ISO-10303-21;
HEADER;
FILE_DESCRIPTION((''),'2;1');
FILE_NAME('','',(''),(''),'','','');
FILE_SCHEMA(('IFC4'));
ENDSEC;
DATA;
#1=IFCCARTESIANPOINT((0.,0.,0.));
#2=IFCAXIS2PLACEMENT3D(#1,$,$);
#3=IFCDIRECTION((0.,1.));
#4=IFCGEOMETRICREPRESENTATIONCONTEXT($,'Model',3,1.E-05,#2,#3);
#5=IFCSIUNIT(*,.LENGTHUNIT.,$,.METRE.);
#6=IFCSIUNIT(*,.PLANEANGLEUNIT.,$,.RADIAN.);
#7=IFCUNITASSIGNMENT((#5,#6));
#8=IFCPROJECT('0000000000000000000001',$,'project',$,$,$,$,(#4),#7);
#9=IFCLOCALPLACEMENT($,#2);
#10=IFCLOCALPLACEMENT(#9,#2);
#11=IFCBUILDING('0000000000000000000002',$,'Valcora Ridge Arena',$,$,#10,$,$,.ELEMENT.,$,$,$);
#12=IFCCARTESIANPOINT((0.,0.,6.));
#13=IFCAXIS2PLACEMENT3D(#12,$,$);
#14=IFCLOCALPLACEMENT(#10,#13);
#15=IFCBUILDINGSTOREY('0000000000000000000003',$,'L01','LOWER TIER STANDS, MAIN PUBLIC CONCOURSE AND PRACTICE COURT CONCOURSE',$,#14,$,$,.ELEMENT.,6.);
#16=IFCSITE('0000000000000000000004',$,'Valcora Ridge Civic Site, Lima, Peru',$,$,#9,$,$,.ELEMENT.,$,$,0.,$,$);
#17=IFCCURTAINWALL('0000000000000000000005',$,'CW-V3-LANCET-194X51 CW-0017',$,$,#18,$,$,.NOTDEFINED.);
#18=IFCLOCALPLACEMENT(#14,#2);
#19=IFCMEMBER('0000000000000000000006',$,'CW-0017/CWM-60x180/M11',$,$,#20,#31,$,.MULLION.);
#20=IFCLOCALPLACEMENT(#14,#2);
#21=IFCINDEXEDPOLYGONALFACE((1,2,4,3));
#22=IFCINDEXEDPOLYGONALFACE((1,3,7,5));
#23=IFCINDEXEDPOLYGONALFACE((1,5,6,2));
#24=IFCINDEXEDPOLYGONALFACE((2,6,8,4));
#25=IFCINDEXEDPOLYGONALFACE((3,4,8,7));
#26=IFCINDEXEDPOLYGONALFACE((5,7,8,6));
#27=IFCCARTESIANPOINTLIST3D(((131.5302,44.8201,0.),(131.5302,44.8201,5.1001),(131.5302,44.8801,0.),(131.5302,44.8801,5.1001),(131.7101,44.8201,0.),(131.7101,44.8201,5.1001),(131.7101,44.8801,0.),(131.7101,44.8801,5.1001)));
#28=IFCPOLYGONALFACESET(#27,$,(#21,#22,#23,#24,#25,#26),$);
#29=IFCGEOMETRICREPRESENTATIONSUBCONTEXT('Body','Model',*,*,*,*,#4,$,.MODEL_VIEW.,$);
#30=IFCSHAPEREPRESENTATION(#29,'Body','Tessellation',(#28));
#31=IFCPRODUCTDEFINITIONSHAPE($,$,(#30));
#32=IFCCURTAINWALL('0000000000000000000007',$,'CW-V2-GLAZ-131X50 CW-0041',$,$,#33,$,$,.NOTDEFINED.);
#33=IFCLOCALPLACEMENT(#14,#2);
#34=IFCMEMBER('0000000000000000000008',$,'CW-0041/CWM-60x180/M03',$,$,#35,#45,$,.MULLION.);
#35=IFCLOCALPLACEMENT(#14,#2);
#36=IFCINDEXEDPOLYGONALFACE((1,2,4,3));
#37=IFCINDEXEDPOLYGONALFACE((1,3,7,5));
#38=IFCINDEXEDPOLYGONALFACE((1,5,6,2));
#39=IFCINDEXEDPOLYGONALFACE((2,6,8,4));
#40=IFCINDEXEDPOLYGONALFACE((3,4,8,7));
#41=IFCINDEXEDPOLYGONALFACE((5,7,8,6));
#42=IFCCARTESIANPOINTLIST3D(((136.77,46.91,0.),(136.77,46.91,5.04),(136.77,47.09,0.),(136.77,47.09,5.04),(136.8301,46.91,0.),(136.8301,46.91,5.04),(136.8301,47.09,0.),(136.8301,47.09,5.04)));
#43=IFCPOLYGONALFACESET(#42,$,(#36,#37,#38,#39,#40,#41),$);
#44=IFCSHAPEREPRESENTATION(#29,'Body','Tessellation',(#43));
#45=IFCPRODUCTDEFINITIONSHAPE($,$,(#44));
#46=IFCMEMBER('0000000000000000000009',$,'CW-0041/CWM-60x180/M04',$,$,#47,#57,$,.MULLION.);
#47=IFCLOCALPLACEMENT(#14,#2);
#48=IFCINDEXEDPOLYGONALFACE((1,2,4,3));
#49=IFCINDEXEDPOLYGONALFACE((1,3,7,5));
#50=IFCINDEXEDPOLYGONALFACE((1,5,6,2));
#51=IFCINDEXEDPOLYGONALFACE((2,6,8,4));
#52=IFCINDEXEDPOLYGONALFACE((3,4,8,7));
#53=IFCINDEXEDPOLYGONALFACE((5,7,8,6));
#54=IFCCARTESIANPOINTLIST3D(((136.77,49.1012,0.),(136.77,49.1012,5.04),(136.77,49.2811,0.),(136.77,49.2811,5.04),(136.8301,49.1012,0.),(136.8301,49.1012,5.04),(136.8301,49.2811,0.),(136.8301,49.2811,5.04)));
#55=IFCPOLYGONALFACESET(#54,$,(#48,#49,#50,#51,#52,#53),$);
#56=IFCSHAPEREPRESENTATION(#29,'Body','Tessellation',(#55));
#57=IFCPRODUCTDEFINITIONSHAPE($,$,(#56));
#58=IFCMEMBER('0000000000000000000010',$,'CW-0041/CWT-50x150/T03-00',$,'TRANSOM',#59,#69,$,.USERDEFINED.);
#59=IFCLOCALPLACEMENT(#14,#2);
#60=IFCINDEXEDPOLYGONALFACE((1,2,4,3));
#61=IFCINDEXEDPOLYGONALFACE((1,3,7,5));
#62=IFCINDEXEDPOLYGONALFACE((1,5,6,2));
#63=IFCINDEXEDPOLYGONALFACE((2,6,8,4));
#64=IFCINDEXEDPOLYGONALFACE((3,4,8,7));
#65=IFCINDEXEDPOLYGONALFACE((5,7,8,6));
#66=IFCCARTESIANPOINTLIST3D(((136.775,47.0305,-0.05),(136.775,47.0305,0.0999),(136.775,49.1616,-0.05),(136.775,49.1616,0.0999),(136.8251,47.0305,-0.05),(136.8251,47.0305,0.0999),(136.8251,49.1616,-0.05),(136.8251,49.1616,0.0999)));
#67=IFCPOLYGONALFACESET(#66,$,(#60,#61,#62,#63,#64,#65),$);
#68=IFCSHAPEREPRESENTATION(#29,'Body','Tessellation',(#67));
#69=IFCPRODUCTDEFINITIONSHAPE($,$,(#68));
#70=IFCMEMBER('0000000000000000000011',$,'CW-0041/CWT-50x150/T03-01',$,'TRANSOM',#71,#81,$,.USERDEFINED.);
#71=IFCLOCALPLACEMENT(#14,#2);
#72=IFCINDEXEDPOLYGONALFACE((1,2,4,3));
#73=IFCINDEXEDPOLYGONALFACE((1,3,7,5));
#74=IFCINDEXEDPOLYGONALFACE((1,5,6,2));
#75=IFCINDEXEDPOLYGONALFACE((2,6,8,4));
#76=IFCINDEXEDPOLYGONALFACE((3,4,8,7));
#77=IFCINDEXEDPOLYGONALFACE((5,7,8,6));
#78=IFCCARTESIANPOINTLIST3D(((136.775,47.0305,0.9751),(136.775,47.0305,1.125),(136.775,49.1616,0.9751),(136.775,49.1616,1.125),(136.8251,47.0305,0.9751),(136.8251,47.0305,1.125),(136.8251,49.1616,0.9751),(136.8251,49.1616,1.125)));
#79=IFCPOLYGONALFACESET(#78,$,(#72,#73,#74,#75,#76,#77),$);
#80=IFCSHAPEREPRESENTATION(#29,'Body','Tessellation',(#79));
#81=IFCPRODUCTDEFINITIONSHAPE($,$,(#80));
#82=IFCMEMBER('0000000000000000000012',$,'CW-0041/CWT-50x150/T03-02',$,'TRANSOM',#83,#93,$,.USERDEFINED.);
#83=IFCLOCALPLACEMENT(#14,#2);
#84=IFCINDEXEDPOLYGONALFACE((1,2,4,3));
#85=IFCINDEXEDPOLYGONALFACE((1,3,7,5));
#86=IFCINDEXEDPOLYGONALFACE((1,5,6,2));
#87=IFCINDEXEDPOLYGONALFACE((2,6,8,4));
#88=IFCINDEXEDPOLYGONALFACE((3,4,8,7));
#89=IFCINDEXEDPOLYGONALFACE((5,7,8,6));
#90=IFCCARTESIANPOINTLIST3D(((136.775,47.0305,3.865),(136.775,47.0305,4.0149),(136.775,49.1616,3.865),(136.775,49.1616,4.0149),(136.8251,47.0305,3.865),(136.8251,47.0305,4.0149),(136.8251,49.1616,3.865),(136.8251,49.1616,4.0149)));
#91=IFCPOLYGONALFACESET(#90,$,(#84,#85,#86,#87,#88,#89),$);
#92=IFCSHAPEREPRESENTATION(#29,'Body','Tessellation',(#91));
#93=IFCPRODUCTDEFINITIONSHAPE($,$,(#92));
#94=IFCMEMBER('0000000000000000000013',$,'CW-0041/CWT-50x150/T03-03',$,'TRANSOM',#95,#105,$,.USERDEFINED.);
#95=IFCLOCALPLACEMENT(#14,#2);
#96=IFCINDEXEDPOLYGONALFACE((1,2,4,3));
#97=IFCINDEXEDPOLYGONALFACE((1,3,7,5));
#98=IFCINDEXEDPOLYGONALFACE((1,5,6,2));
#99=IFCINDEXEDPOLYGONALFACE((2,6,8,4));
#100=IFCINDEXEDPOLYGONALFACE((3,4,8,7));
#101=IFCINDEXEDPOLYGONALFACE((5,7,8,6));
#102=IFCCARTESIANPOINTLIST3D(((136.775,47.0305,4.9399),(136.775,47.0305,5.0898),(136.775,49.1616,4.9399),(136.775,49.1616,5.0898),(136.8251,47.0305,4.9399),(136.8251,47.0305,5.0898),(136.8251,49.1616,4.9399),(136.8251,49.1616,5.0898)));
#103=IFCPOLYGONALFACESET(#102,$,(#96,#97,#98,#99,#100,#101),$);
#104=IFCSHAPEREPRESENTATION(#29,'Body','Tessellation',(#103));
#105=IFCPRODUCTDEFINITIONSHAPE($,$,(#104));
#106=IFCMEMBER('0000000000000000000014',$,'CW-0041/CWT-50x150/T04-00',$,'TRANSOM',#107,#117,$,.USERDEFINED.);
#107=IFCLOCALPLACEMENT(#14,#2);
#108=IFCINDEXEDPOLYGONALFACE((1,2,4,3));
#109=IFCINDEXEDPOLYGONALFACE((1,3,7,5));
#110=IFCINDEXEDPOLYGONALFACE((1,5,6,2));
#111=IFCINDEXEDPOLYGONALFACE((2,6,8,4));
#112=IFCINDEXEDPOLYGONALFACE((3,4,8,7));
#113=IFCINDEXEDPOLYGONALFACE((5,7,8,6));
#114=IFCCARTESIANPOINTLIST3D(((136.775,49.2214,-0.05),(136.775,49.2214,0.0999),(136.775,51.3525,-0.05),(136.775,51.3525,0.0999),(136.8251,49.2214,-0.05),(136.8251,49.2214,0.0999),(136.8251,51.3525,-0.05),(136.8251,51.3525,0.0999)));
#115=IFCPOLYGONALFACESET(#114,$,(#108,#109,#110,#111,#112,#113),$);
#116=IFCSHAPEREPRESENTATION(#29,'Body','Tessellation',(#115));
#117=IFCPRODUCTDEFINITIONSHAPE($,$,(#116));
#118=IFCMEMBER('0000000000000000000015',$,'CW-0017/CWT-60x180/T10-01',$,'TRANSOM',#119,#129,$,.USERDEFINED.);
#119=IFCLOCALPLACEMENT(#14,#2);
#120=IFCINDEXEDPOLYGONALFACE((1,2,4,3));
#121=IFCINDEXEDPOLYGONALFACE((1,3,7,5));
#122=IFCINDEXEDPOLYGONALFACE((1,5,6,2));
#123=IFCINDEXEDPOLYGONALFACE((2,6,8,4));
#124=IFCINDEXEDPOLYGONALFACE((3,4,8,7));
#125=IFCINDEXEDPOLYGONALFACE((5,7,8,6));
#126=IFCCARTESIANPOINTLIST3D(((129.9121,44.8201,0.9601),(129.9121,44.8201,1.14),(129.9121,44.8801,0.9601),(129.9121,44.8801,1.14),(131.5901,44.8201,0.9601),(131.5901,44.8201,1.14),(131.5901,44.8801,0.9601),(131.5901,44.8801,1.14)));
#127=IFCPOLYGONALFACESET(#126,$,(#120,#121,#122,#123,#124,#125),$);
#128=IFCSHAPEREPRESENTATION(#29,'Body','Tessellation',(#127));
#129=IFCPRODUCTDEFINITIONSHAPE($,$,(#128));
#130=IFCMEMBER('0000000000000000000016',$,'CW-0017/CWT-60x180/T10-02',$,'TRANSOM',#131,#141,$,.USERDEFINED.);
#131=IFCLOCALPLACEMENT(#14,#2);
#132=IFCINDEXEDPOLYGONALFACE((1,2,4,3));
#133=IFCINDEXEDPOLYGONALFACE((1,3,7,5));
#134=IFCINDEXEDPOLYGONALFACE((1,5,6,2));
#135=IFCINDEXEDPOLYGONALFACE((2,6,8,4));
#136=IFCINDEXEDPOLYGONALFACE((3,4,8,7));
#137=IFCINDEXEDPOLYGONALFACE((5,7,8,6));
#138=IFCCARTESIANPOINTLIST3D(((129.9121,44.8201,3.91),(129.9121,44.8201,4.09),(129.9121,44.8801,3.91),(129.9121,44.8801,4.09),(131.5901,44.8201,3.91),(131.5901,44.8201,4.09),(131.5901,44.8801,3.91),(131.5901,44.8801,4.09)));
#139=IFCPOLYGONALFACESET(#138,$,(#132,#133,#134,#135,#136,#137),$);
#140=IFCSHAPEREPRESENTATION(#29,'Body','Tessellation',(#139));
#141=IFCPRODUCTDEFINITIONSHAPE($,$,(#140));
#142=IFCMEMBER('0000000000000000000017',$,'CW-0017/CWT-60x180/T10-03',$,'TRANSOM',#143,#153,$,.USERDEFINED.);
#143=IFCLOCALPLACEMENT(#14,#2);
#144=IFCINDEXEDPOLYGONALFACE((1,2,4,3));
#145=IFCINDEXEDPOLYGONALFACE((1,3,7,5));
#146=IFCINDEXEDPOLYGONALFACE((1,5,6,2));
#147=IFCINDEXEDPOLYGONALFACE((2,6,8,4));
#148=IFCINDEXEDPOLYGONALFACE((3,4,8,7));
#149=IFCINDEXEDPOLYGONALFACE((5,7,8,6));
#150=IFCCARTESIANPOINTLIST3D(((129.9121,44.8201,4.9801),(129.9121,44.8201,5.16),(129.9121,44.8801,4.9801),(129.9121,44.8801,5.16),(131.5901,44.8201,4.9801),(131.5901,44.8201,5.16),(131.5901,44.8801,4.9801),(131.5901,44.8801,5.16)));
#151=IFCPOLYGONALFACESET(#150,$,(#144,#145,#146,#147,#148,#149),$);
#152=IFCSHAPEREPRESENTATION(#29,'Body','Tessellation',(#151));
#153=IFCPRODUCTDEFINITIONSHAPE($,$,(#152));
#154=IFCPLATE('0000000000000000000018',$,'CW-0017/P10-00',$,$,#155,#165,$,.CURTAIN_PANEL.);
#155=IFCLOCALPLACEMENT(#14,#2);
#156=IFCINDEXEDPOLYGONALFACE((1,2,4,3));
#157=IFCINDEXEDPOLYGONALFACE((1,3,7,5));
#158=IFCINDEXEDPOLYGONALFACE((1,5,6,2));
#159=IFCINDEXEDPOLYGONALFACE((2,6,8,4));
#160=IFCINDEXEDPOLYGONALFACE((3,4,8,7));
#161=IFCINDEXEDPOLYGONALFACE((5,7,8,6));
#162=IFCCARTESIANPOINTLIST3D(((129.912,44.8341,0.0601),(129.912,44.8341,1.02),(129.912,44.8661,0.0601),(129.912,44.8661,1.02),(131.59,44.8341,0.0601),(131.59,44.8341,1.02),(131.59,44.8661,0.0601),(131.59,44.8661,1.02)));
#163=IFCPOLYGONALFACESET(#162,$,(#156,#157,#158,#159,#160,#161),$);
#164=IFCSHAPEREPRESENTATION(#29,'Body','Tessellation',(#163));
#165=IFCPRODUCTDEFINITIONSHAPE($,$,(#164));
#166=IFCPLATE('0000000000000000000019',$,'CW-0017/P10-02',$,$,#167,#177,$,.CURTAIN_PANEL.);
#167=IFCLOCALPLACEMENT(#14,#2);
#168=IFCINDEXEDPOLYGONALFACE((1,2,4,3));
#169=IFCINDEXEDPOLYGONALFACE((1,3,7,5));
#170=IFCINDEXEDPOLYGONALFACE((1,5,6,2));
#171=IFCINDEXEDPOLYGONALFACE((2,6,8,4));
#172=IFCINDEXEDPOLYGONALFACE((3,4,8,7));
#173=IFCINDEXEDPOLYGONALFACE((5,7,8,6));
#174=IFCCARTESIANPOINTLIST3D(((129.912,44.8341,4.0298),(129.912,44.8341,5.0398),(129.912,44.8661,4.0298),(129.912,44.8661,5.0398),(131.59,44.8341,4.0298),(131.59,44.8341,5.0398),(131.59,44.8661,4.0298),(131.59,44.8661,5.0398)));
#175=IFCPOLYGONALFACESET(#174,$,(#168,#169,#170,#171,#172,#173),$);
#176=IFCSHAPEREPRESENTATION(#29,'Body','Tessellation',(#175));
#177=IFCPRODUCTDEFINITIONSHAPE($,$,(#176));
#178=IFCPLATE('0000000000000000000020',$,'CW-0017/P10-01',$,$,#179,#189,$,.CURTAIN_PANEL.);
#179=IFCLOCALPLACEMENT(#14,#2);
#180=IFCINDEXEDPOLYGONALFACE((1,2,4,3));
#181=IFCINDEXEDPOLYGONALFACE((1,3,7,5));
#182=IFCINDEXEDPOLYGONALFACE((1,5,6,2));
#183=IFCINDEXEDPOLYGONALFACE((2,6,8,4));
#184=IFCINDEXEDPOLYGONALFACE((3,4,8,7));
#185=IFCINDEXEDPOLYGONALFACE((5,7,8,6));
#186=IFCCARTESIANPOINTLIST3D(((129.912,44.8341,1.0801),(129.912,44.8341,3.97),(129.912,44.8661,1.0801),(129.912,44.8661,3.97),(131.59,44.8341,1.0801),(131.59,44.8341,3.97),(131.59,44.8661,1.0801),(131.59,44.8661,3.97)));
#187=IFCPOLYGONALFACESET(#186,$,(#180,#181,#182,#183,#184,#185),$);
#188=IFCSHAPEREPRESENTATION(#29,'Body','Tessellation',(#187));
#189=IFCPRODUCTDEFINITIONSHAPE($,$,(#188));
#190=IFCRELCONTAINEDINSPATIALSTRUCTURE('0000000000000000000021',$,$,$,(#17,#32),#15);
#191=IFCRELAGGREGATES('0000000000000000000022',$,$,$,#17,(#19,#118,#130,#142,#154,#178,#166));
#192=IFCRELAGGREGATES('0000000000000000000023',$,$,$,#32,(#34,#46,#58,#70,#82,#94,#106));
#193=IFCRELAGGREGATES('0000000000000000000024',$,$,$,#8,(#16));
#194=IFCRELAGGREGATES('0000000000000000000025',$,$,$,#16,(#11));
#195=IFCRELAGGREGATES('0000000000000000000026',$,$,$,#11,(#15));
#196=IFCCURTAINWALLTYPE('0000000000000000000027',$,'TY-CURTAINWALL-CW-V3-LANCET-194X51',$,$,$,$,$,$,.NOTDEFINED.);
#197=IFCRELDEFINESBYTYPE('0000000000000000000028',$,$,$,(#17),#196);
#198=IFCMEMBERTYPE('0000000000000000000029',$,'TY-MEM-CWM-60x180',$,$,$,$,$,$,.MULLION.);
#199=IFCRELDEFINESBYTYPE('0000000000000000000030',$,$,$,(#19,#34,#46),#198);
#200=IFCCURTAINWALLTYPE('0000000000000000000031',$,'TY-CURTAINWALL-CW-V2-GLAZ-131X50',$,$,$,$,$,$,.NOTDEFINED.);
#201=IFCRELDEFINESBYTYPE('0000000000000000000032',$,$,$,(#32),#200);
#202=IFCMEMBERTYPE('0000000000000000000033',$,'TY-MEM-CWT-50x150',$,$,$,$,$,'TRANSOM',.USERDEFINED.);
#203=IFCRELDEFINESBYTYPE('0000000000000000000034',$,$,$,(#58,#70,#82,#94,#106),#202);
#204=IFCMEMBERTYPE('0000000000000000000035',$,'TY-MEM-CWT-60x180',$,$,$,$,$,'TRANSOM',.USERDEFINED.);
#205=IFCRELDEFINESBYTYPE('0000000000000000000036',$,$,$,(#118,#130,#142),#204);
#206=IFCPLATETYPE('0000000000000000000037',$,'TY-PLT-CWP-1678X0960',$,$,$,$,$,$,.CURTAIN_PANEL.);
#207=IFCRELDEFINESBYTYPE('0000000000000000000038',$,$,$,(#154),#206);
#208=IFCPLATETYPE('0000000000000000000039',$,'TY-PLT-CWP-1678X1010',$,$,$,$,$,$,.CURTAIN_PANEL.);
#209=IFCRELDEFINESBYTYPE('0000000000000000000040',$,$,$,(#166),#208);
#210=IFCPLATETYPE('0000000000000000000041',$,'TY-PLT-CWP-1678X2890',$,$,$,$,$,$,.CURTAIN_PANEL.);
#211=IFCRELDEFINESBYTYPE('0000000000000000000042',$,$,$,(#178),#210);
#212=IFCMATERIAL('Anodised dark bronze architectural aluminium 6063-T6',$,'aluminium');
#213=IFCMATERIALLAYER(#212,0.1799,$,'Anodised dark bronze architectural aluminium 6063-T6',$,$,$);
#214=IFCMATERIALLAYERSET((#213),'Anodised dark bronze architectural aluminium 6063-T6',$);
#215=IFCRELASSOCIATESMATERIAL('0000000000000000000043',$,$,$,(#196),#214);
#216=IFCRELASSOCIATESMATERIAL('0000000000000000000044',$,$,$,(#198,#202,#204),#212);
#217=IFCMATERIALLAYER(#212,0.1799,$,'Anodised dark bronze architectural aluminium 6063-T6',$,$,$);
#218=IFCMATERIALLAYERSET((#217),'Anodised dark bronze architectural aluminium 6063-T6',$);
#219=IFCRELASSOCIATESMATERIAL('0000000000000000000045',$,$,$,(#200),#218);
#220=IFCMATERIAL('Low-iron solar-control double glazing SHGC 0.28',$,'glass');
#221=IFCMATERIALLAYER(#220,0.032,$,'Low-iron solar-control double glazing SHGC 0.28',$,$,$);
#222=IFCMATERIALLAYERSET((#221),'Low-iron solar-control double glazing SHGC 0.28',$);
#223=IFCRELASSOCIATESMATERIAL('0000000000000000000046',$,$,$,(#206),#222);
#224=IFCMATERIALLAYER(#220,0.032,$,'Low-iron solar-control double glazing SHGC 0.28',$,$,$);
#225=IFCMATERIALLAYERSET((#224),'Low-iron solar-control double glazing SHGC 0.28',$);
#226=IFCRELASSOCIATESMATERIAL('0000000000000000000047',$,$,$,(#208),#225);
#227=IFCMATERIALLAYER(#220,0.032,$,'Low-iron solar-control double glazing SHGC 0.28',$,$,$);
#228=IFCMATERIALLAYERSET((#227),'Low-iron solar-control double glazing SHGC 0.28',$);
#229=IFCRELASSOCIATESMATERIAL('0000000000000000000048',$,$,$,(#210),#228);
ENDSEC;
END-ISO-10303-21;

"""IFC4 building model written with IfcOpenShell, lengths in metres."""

from ifc_helpers import new_model, si_unit, direction, frame, origin, origin_2d, place, context, subcontext, project, spatial, rectangle, extrude, material, layer, layer_set, material_profile, profile_set, type_object, element, aggregate, save


model = new_model("IFC4")

# Units and contexts
model_context = context("Model", 3, precision=1e-05, world=origin(), true_north=direction((0.0, 1.0)))
body_context = subcontext(model_context, "Body", "Model", "MODEL_VIEW")
ifc_project = project(units=[si_unit("LENGTHUNIT", "METRE"), si_unit("PLANEANGLEUNIT", "RADIAN")], contexts=[model_context])

# Site, building, storey
site_placement = place(None, origin())
site = spatial("IfcSite", under=ifc_project, at=site_placement, Name="Valcora Ridge Civic Site, Lima, Peru", CompositionType="ELEMENT", RefElevation=0.0)
building_placement = place(site_placement, origin())
building = spatial("IfcBuilding", under=site, at=building_placement, Name="Valcora Ridge Arena", CompositionType="ELEMENT")
storey_placement = place(building_placement, frame((0.0, 0.0, 6.0)))
storey = spatial("IfcBuildingStorey", under=building, at=storey_placement, Name="L01", Description="LOWER TIER STANDS, MAIN PUBLIC CONCOURSE AND PRACTICE COURT CONCOURSE", CompositionType="ELEMENT", Elevation=6.0)

# Curtain wall, member
ifc_material_1 = material(Name="Anodised dark bronze architectural aluminium 6063-T6", Category="aluminium")
ifc_layer_1 = layer(ifc_material_1, 0.1799, Name="Anodised dark bronze architectural aluminium 6063-T6")
ifc_layer_set_1 = layer_set([ifc_layer_1], Name="Anodised dark bronze architectural aluminium 6063-T6")
curtain_wall_type_1 = type_object("IfcCurtainWallType", Name="TY-CURTAINWALL-CW-V3-LANCET-194X51", PredefinedType="NOTDEFINED", material=ifc_layer_set_1)
curtain_wall_1_placement = place(storey_placement, origin())
curtain_wall_1 = element("IfcCurtainWall", 1, at=curtain_wall_1_placement, inside=storey, type_object=curtain_wall_type_1, Name="CW-V3-LANCET-194X51 CW-0017", PredefinedType="NOTDEFINED")
ifc_material_profile_1 = material_profile(ifc_material_1, rectangle(XDim=0.0601, YDim=0.1799, at=origin_2d()), Name="ALU MULLION 60x180")
ifc_profile_set_1 = profile_set([ifc_material_profile_1], Name="Anodised dark bronze architectural aluminium 6063-T6")
member_type_1 = type_object("IfcMemberType", Name="TY-MEM-CWM-60x180", PredefinedType="MULLION", material=ifc_profile_set_1)
member_1_placement = place(storey_placement, frame((131.6201, 44.8501, 0.0), z_axis=(0.0, 0.0, 1.0), x_axis=(0.0, 1.0, 0.0)))
member_1 = element("IfcMember", 2, at=member_1_placement, type_object=member_type_1, Name="CW-0017/CWM-60x180/M11", PredefinedType="MULLION", context=body_context, shape_type="SweptSolid", body=[
    extrude(rectangle(XDim=0.0601, YDim=0.1799, at=origin_2d()), origin(), (0.0, 0.0, 1.0), 5.1001),
])

# Curtain wall, members
ifc_layer_2 = layer(ifc_material_1, 0.1799, Name="Anodised dark bronze architectural aluminium 6063-T6")
ifc_layer_set_2 = layer_set([ifc_layer_2], Name="Anodised dark bronze architectural aluminium 6063-T6")
curtain_wall_type_2 = type_object("IfcCurtainWallType", Name="TY-CURTAINWALL-CW-V2-GLAZ-131X50", PredefinedType="NOTDEFINED", material=ifc_layer_set_2)
curtain_wall_2_placement = place(storey_placement, origin())
curtain_wall_2 = element("IfcCurtainWall", 3, at=curtain_wall_2_placement, inside=storey, type_object=curtain_wall_type_2, Name="CW-V2-GLAZ-131X50 CW-0041", PredefinedType="NOTDEFINED")
member_2_placement = place(storey_placement, frame((136.8, 47.0, 0.0), z_axis=(0.0, 0.0, 1.0), x_axis=(-1.0, 0.0, 0.0)))
member_2 = element("IfcMember", 4, at=member_2_placement, type_object=member_type_1, Name="CW-0041/CWM-60x180/M03", PredefinedType="MULLION", context=body_context, shape_type="SweptSolid", body=[
    extrude(rectangle(XDim=0.0601, YDim=0.1799, at=origin_2d()), origin(), (0.0, 0.0, 1.0), 5.04),
])
member_3_placement = place(storey_placement, frame((136.8, 49.1912, 0.0), z_axis=(0.0, 0.0, 1.0), x_axis=(-1.0, 0.0, 0.0)))
member_3 = element("IfcMember", 5, at=member_3_placement, type_object=member_type_1, Name="CW-0041/CWM-60x180/M04", PredefinedType="MULLION", context=body_context, shape_type="SweptSolid", body=[
    extrude(rectangle(XDim=0.0601, YDim=0.1799, at=origin_2d()), origin(), (0.0, 0.0, 1.0), 5.04),
])
ifc_material_profile_2 = material_profile(ifc_material_1, rectangle(XDim=0.05, YDim=0.1499, at=origin_2d()), Name="ALU TRANSOM 50x150")
ifc_profile_set_2 = profile_set([ifc_material_profile_2], Name="Anodised dark bronze architectural aluminium 6063-T6")
member_type_2 = type_object("IfcMemberType", Name="TY-MEM-CWT-50x150", ElementType="TRANSOM", PredefinedType="USERDEFINED", material=ifc_profile_set_2)
member_4_placement = place(storey_placement, frame((136.8, 47.0305, 0.0249), z_axis=(0.0, 1.0, 0.0), x_axis=(-1.0, 0.0, 0.0)))
member_4 = element("IfcMember", 6, at=member_4_placement, type_object=member_type_2, Name="CW-0041/CWT-50x150/T03-00", ObjectType="TRANSOM", PredefinedType="USERDEFINED", context=body_context, shape_type="SweptSolid", body=[
    extrude(rectangle(XDim=0.05, YDim=0.1499, at=origin_2d()), origin(), (0.0, 0.0, 1.0), 2.1311),
])
member_5_placement = place(storey_placement, frame((136.8, 47.0305, 1.05), z_axis=(0.0, 1.0, 0.0), x_axis=(-1.0, 0.0, 0.0)))
member_5 = element("IfcMember", 7, at=member_5_placement, type_object=member_type_2, Name="CW-0041/CWT-50x150/T03-01", ObjectType="TRANSOM", PredefinedType="USERDEFINED", context=body_context, shape_type="SweptSolid", body=[
    extrude(rectangle(XDim=0.05, YDim=0.1499, at=origin_2d()), origin(), (0.0, 0.0, 1.0), 2.1311),
])
member_6_placement = place(storey_placement, frame((136.8, 47.0305, 3.9399), z_axis=(0.0, 1.0, 0.0), x_axis=(-1.0, 0.0, 0.0)))
member_6 = element("IfcMember", 8, at=member_6_placement, type_object=member_type_2, Name="CW-0041/CWT-50x150/T03-02", ObjectType="TRANSOM", PredefinedType="USERDEFINED", context=body_context, shape_type="SweptSolid", body=[
    extrude(rectangle(XDim=0.05, YDim=0.1499, at=origin_2d()), origin(), (0.0, 0.0, 1.0), 2.1311),
])
member_7_placement = place(storey_placement, frame((136.8, 47.0305, 5.0149), z_axis=(0.0, 1.0, 0.0), x_axis=(-1.0, 0.0, 0.0)))
member_7 = element("IfcMember", 9, at=member_7_placement, type_object=member_type_2, Name="CW-0041/CWT-50x150/T03-03", ObjectType="TRANSOM", PredefinedType="USERDEFINED", context=body_context, shape_type="SweptSolid", body=[
    extrude(rectangle(XDim=0.05, YDim=0.1499, at=origin_2d()), origin(), (0.0, 0.0, 1.0), 2.1311),
])
member_8_placement = place(storey_placement, frame((136.8, 49.2214, 0.0249), z_axis=(0.0, 1.0, 0.0), x_axis=(-1.0, 0.0, 0.0)))
member_8 = element("IfcMember", 10, at=member_8_placement, type_object=member_type_2, Name="CW-0041/CWT-50x150/T04-00", ObjectType="TRANSOM", PredefinedType="USERDEFINED", context=body_context, shape_type="SweptSolid", body=[
    extrude(rectangle(XDim=0.05, YDim=0.1499, at=origin_2d()), origin(), (0.0, 0.0, 1.0), 2.1311),
])

# Members
ifc_material_profile_3 = material_profile(ifc_material_1, rectangle(XDim=0.0601, YDim=0.1799, at=origin_2d()), Name="ALU TRANSOM 60x180")
ifc_profile_set_3 = profile_set([ifc_material_profile_3], Name="Anodised dark bronze architectural aluminium 6063-T6")
member_type_3 = type_object("IfcMemberType", Name="TY-MEM-CWT-60x180", ElementType="TRANSOM", PredefinedType="USERDEFINED", material=ifc_profile_set_3)
member_9_placement = place(storey_placement, frame((129.9121, 44.8501, 1.05), z_axis=(1.0, 0.0, 0.0), x_axis=(0.0, 1.0, 0.0)))
member_9 = element("IfcMember", 11, at=member_9_placement, type_object=member_type_3, Name="CW-0017/CWT-60x180/T10-01", ObjectType="TRANSOM", PredefinedType="USERDEFINED", context=body_context, shape_type="SweptSolid", body=[
    extrude(rectangle(XDim=0.0601, YDim=0.1799, at=origin_2d()), origin(), (0.0, 0.0, 1.0), 1.678),
])
member_10_placement = place(storey_placement, frame((129.9121, 44.8501, 4.0), z_axis=(1.0, 0.0, 0.0), x_axis=(0.0, 1.0, 0.0)))
member_10 = element("IfcMember", 12, at=member_10_placement, type_object=member_type_3, Name="CW-0017/CWT-60x180/T10-02", ObjectType="TRANSOM", PredefinedType="USERDEFINED", context=body_context, shape_type="SweptSolid", body=[
    extrude(rectangle(XDim=0.0601, YDim=0.1799, at=origin_2d()), origin(), (0.0, 0.0, 1.0), 1.678),
])
member_11_placement = place(storey_placement, frame((129.9121, 44.8501, 5.0701), z_axis=(1.0, 0.0, 0.0), x_axis=(0.0, 1.0, 0.0)))
member_11 = element("IfcMember", 13, at=member_11_placement, type_object=member_type_3, Name="CW-0017/CWT-60x180/T10-03", ObjectType="TRANSOM", PredefinedType="USERDEFINED", context=body_context, shape_type="SweptSolid", body=[
    extrude(rectangle(XDim=0.0601, YDim=0.1799, at=origin_2d()), origin(), (0.0, 0.0, 1.0), 1.678),
])

# Plates
ifc_material_2 = material(Name="Low-iron solar-control double glazing SHGC 0.28", Category="glass")
ifc_layer_3 = layer(ifc_material_2, 0.032, Name="Low-iron solar-control double glazing SHGC 0.28")
ifc_layer_set_3 = layer_set([ifc_layer_3], Name="Low-iron solar-control double glazing SHGC 0.28")
plate_type_1 = type_object("IfcPlateType", Name="TY-PLT-CWP-1678X0960", PredefinedType="CURTAIN_PANEL", material=ifc_layer_set_3)
plate_1_placement = place(storey_placement, frame((130.751, 44.8501, 0.0601), z_axis=(0.0, 0.0, 1.0), x_axis=(1.0, 0.0, 0.0)))
plate_1 = element("IfcPlate", 14, at=plate_1_placement, type_object=plate_type_1, Name="CW-0017/P10-00", PredefinedType="CURTAIN_PANEL", context=body_context, shape_type="SweptSolid", body=[
    extrude(rectangle(XDim=1.678, YDim=0.032, at=origin_2d()), origin(), (0.0, 0.0, 1.0), 0.96),
])
ifc_layer_4 = layer(ifc_material_2, 0.032, Name="Low-iron solar-control double glazing SHGC 0.28")
ifc_layer_set_4 = layer_set([ifc_layer_4], Name="Low-iron solar-control double glazing SHGC 0.28")
plate_type_2 = type_object("IfcPlateType", Name="TY-PLT-CWP-1678X1010", PredefinedType="CURTAIN_PANEL", material=ifc_layer_set_4)
plate_2_placement = place(storey_placement, frame((130.751, 44.8501, 4.0298), z_axis=(0.0, 0.0, 1.0), x_axis=(1.0, 0.0, 0.0)))
plate_2 = element("IfcPlate", 15, at=plate_2_placement, type_object=plate_type_2, Name="CW-0017/P10-02", PredefinedType="CURTAIN_PANEL", context=body_context, shape_type="SweptSolid", body=[
    extrude(rectangle(XDim=1.678, YDim=0.032, at=origin_2d()), origin(), (0.0, 0.0, 1.0), 1.01),
])
ifc_layer_5 = layer(ifc_material_2, 0.032, Name="Low-iron solar-control double glazing SHGC 0.28")
ifc_layer_set_5 = layer_set([ifc_layer_5], Name="Low-iron solar-control double glazing SHGC 0.28")
plate_type_3 = type_object("IfcPlateType", Name="TY-PLT-CWP-1678X2890", PredefinedType="CURTAIN_PANEL", material=ifc_layer_set_5)
plate_3_placement = place(storey_placement, frame((130.751, 44.8501, 1.0801), z_axis=(0.0, 0.0, 1.0), x_axis=(1.0, 0.0, 0.0)))
plate_3 = element("IfcPlate", 16, at=plate_3_placement, type_object=plate_type_3, Name="CW-0017/P10-01", PredefinedType="CURTAIN_PANEL", context=body_context, shape_type="SweptSolid", body=[
    extrude(rectangle(XDim=1.678, YDim=0.032, at=origin_2d()), origin(), (0.0, 0.0, 1.0), 2.8899),
])
aggregate(curtain_wall_1, [member_1, member_9, member_10, member_11, plate_1, plate_3, plate_2])
aggregate(curtain_wall_2, [member_2, member_3, member_4, member_5, member_6, member_7, member_8])

save(model, "model.ifc")
